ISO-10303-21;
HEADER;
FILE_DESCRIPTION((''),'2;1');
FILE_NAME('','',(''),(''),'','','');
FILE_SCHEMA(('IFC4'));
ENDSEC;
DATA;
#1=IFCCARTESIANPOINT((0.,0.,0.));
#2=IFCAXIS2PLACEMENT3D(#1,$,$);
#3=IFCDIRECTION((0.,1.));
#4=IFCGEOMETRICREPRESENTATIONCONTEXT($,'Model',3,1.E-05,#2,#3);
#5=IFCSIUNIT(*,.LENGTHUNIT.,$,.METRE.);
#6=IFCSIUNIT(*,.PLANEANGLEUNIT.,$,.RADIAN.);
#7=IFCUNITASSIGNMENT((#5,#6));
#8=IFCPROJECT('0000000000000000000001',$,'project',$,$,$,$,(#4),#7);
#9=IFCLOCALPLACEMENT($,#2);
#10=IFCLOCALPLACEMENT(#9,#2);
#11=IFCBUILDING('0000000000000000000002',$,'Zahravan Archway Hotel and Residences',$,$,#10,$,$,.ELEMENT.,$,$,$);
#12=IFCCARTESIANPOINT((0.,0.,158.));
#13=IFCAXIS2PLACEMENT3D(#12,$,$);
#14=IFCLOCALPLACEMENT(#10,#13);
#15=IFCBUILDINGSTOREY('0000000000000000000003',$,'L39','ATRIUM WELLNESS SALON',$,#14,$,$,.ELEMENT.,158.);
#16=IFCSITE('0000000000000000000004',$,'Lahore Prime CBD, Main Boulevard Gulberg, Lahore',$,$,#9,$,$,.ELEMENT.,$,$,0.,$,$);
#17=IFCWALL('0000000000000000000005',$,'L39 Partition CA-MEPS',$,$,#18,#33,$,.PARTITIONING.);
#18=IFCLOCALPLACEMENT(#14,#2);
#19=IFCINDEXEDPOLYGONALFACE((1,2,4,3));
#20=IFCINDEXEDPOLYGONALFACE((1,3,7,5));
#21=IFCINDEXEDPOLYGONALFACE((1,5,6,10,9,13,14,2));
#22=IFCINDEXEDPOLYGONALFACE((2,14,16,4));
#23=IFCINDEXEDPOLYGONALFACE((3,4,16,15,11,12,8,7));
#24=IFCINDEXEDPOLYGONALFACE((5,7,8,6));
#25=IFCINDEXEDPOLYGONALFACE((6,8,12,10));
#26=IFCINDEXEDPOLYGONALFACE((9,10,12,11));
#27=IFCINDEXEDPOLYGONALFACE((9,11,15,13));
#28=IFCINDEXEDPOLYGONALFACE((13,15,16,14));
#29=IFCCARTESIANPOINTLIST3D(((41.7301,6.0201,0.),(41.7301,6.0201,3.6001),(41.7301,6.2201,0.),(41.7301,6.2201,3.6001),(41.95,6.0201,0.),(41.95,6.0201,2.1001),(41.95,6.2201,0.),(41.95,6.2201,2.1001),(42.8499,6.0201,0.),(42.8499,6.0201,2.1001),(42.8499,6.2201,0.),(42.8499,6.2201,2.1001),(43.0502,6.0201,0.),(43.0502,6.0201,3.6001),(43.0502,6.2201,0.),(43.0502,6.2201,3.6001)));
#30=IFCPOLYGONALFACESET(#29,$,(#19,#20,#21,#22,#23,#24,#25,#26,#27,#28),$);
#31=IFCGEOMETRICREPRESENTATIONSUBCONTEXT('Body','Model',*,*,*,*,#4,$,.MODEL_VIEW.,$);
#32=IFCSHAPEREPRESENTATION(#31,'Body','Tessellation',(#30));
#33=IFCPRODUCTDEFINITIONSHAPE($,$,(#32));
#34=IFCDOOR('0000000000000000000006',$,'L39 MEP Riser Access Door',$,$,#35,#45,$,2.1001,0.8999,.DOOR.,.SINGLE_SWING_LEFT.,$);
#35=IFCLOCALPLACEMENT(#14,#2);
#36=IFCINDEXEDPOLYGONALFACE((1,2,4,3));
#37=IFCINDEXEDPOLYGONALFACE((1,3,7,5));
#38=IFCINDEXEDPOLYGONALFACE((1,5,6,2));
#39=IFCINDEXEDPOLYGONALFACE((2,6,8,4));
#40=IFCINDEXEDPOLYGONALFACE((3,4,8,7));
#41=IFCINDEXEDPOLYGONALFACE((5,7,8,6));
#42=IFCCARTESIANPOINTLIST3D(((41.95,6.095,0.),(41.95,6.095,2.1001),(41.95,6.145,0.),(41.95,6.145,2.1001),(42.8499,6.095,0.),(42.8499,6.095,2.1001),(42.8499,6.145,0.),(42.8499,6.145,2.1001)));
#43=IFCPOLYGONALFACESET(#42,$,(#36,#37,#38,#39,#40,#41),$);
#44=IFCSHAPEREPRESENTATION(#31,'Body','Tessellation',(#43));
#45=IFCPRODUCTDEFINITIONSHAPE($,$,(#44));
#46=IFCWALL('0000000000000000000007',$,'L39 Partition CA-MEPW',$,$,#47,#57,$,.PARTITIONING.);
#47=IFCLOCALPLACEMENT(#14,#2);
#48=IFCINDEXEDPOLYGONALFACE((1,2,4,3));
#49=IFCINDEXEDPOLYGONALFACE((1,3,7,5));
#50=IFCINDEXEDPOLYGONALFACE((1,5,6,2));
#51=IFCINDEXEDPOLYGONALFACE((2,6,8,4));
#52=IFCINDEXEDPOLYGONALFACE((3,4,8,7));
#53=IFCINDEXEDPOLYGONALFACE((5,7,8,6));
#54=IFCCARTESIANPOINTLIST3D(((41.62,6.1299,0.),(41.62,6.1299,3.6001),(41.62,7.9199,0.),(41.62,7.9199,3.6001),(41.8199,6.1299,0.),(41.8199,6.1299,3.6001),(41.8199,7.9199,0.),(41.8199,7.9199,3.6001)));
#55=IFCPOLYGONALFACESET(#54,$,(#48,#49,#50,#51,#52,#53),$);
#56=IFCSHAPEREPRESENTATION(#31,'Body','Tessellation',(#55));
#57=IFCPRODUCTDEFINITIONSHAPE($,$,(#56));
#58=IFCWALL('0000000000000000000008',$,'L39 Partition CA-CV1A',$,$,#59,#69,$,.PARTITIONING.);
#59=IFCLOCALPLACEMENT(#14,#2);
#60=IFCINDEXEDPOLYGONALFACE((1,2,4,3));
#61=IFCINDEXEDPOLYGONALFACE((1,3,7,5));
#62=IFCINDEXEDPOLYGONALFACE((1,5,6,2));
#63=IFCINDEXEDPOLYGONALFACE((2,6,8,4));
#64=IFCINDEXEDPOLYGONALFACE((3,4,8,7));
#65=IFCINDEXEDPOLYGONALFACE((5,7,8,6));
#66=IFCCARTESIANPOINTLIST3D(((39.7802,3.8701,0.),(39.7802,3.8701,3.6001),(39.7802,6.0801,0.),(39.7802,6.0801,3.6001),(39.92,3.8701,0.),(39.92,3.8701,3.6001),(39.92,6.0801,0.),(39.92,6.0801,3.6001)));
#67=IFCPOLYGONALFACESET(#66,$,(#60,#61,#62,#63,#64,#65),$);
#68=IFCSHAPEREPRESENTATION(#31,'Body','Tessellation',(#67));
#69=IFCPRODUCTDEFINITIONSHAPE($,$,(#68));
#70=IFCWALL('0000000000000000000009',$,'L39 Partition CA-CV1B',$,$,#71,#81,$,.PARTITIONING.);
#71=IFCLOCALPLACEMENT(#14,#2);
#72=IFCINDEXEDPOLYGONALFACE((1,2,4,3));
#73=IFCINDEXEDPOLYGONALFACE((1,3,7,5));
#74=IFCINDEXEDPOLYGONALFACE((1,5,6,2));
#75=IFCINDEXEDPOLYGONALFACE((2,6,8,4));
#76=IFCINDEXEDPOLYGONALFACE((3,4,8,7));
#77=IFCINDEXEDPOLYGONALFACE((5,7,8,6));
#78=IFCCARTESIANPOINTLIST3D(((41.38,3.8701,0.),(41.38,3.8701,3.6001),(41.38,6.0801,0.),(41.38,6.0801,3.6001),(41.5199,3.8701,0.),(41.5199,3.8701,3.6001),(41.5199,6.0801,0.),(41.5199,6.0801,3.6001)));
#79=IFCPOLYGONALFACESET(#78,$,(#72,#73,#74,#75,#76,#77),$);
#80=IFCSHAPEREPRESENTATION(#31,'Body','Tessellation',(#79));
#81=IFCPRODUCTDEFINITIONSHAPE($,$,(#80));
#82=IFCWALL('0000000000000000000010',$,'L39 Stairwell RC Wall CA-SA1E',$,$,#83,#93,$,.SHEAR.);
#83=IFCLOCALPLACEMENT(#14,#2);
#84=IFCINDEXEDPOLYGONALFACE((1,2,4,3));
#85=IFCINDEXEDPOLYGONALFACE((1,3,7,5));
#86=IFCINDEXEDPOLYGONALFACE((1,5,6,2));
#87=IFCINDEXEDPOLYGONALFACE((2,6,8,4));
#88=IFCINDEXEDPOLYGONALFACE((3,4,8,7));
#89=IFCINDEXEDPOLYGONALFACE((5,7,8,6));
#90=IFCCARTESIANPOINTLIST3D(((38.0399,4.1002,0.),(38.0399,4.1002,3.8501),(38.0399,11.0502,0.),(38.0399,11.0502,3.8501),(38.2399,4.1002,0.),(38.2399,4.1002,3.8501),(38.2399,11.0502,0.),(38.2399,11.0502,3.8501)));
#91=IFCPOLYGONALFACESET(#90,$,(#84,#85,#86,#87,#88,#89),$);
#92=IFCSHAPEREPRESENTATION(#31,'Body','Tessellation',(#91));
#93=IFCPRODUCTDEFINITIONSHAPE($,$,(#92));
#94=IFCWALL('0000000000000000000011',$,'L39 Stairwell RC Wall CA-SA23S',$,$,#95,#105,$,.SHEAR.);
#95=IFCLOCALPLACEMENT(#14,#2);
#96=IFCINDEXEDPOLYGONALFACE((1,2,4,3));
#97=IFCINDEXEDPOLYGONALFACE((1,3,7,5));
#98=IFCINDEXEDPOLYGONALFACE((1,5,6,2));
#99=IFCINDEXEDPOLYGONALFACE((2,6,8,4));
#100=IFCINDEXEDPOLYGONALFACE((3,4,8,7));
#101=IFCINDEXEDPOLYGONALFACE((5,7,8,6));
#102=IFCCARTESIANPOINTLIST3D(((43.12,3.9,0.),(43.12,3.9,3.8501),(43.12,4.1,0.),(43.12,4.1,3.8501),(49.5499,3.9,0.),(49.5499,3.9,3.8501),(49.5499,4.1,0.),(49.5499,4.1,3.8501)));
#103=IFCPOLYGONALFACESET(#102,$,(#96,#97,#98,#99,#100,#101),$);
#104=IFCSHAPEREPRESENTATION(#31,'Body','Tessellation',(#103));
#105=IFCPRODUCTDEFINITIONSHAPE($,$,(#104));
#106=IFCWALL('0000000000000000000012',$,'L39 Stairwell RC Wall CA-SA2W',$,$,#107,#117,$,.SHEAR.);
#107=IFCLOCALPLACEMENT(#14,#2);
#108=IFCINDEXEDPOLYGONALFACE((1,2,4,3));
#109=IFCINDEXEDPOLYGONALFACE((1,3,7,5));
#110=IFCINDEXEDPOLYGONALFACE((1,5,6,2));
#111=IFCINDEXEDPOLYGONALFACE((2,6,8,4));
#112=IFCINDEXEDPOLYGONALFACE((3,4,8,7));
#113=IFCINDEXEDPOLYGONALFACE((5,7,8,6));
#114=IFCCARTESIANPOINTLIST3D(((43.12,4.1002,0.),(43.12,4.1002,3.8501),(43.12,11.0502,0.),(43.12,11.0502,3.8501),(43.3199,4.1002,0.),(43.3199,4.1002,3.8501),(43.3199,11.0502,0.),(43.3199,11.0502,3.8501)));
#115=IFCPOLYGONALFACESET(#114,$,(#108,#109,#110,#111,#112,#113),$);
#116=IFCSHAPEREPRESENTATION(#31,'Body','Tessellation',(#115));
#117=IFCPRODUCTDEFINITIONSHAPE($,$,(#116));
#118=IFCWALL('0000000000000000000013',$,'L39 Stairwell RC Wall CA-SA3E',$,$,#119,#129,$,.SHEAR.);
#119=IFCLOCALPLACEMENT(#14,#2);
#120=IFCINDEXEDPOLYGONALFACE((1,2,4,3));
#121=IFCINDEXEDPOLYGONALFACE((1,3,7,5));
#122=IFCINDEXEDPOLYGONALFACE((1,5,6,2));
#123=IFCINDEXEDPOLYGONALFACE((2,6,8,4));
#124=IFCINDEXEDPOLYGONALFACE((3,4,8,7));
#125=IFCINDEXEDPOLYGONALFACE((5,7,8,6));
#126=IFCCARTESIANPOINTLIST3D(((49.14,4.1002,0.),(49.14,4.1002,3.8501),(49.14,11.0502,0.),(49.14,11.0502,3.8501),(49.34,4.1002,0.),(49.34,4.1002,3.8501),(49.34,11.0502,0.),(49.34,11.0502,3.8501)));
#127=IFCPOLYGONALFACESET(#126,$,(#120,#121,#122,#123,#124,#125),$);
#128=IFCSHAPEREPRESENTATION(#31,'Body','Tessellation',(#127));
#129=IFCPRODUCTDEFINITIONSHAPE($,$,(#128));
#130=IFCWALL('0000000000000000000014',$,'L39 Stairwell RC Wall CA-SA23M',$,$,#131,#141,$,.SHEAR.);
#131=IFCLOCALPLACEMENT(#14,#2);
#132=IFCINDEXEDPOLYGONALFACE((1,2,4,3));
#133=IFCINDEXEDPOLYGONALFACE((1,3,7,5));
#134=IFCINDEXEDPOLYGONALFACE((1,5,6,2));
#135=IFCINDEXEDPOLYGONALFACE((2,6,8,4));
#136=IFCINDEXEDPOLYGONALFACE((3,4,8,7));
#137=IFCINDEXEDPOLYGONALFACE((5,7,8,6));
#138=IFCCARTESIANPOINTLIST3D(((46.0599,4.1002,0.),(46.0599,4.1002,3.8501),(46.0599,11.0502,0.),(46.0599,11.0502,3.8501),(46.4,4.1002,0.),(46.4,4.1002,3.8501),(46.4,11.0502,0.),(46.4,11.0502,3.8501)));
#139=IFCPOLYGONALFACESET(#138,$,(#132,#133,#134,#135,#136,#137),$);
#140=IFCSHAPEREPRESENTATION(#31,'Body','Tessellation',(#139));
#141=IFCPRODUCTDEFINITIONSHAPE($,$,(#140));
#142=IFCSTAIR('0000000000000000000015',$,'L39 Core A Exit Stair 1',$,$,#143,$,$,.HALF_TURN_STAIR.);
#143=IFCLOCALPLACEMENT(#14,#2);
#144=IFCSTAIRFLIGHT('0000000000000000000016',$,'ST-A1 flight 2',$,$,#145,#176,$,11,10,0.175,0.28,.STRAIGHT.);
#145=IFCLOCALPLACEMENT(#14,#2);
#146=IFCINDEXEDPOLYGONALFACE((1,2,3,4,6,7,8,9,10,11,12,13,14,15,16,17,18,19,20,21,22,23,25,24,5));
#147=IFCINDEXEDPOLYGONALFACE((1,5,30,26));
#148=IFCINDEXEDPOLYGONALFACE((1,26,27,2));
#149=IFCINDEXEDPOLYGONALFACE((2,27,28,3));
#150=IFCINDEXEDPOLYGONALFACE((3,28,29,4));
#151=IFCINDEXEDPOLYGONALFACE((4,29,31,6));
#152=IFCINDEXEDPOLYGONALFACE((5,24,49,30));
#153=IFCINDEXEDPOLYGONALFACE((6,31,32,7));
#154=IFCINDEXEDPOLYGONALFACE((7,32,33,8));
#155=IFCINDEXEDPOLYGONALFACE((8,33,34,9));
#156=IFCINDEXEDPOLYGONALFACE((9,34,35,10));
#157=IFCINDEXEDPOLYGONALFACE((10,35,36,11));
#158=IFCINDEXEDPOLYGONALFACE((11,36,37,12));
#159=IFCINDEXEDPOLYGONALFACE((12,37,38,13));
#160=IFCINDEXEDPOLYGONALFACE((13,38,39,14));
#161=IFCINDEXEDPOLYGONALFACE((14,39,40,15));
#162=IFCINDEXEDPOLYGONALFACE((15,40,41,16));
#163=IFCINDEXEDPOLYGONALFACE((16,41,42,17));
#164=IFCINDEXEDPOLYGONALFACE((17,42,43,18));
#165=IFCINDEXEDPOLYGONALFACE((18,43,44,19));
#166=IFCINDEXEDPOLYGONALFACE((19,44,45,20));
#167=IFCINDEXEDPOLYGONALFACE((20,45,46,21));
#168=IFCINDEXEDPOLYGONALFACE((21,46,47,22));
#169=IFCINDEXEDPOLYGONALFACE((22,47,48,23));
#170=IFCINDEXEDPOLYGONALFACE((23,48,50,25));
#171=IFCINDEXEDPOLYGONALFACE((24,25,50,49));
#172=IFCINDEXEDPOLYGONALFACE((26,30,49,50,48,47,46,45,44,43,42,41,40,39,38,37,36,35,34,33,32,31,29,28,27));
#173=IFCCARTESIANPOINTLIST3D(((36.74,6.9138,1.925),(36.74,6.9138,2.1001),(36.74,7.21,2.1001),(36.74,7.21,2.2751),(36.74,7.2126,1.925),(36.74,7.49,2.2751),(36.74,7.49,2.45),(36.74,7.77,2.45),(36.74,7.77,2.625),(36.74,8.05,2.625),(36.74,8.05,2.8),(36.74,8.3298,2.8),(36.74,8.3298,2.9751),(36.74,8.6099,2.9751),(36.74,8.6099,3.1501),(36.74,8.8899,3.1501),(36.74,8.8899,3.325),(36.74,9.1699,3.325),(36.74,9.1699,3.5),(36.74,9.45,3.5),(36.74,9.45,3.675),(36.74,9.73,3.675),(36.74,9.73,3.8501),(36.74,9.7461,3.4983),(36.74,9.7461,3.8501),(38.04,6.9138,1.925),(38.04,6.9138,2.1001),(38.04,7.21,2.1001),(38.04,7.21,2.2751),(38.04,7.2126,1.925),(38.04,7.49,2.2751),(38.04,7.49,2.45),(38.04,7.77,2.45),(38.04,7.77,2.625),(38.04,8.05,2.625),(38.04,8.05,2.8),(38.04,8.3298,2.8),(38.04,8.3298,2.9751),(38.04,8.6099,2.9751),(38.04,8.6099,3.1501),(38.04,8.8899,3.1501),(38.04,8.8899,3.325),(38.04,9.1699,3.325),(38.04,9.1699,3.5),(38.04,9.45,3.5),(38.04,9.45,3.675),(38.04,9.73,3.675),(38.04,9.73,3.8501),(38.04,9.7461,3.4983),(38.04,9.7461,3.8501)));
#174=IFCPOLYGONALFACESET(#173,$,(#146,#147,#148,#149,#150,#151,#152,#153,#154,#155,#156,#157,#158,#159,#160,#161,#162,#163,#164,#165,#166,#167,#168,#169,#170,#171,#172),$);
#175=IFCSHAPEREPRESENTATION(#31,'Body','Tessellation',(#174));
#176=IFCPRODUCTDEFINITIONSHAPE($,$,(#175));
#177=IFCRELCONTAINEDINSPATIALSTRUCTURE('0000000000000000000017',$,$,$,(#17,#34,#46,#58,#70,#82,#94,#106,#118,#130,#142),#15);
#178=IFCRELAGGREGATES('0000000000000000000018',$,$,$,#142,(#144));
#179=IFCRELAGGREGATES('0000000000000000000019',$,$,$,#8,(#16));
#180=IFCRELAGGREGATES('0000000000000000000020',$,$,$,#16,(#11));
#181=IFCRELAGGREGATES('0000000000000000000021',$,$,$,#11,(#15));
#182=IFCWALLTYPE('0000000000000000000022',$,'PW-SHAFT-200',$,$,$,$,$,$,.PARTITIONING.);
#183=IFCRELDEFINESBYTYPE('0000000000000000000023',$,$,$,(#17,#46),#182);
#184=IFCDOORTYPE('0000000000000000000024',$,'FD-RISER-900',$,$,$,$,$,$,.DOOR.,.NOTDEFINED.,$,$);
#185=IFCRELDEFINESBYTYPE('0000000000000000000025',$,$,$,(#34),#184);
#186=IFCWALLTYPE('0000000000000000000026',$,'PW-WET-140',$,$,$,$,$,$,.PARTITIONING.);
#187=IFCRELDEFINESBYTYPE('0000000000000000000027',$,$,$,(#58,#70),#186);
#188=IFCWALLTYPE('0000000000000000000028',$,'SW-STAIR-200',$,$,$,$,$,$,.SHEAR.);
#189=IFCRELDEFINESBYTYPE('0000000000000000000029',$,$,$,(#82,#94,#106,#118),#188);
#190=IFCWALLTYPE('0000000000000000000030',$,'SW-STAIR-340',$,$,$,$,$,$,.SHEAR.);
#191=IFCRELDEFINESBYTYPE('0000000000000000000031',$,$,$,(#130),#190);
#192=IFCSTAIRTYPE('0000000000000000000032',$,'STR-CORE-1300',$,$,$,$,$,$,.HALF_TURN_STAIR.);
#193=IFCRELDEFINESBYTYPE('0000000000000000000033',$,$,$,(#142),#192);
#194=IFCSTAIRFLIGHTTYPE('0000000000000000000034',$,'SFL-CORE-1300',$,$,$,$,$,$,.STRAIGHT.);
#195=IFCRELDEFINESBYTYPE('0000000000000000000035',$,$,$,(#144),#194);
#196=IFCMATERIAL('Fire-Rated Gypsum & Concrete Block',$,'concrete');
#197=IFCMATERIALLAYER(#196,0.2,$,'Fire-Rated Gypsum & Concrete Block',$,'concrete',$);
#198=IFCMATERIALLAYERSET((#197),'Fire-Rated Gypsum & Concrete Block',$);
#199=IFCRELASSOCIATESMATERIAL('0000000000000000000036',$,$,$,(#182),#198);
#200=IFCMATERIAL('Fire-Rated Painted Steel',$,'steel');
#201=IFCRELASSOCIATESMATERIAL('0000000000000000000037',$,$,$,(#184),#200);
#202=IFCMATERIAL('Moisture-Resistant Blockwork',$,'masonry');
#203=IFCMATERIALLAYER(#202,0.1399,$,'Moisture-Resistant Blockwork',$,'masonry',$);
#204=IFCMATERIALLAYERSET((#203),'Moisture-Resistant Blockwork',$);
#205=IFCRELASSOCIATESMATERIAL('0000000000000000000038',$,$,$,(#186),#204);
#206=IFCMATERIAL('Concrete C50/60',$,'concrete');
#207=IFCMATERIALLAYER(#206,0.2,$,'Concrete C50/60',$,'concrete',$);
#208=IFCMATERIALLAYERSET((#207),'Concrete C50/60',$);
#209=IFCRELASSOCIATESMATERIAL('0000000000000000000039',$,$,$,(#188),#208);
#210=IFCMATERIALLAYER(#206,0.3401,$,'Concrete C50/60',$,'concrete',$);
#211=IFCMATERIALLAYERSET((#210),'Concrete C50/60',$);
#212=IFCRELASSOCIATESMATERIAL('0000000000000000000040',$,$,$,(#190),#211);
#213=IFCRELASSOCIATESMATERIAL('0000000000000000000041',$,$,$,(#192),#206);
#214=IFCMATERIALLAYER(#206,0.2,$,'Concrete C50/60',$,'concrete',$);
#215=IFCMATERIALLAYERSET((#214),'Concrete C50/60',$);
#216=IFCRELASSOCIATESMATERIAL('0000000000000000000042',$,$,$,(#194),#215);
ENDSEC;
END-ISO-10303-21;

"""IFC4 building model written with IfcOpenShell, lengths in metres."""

from ifc_helpers import new_model, si_unit, direction, frame, frame_2d, origin, place, context, subcontext, project, spatial, polyline, rectangle, outline, extrude, source, transform, mapped, material, layer, layer_set, type_object, type_shapes, element, fill, aggregate, save


model = new_model("IFC4")

# Units and contexts
model_context = context("Model", 3, precision=1e-05, world=origin(), true_north=direction((0.0, 1.0)))
body_context = subcontext(model_context, "Body", "Model", "MODEL_VIEW")
ifc_project = project(units=[si_unit("LENGTHUNIT", "METRE"), si_unit("PLANEANGLEUNIT", "RADIAN")], contexts=[model_context])

# Site, building, storey
site_placement = place(None, origin())
site = spatial("IfcSite", under=ifc_project, at=site_placement, Name="Lahore Prime CBD, Main Boulevard Gulberg, Lahore", CompositionType="ELEMENT", RefElevation=0.0)
building_placement = place(site_placement, origin())
building = spatial("IfcBuilding", under=site, at=building_placement, Name="Zahravan Archway Hotel and Residences", CompositionType="ELEMENT")
storey_placement = place(building_placement, frame((0.0, 0.0, 158.0)))
storey = spatial("IfcBuildingStorey", under=building, at=storey_placement, Name="L39", Description="ATRIUM WELLNESS SALON", CompositionType="ELEMENT", Elevation=158.0)

# Shared definitions
ifc_material_1 = material(Name="Fire-Rated Gypsum & Concrete Block", Category="concrete")
ifc_layer_1 = layer(ifc_material_1, 0.2, Name="Fire-Rated Gypsum & Concrete Block", Category="concrete")
ifc_layer_set_1 = layer_set([ifc_layer_1], Name="Fire-Rated Gypsum & Concrete Block")
wall_type_1 = type_object("IfcWallType", Name="PW-SHAFT-200", PredefinedType="PARTITIONING", material=ifc_layer_set_1)
ifc_material_2 = material(Name="Fire-Rated Painted Steel", Category="steel")
door_type = type_object("IfcDoorType", Name="FD-RISER-900", OperationType="NOTDEFINED", PredefinedType="DOOR", material=ifc_material_2)
shared_shape_1 = source(origin(), body_context, "Body", "SweptSolid", [
    extrude(rectangle(XDim=0.8999, YDim=2.1001, at=frame_2d((0.45, 1.05))), frame((0.0, 0.0249, 0.0), z_axis=(0.0, -1.0, 0.0), x_axis=(1.0, 0.0, 0.0)), (0.0, 0.0, 1.0), 0.05),
])
type_shapes(door_type, [shared_shape_1])

# Wall, opening, door
wall_1_placement = place(storey_placement, frame((41.73, 6.1201, 0.0), z_axis=(0.0, 0.0, 1.0), x_axis=(1.0, 0.0, 0.0)))
wall_1 = element("IfcWall", 1, at=wall_1_placement, inside=storey, type_object=wall_type_1, Name="L39 Partition CA-MEPS", PredefinedType="PARTITIONING", context=body_context, shape_type="SweptSolid", body=[
    extrude(rectangle(XDim=1.3201, YDim=0.2, at=frame_2d((0.6602, 0.0))), origin(), (0.0, 0.0, 1.0), 3.6001),
])
opening_1_placement = place(wall_1_placement, frame((0.22, 0.0, 0.0)))
opening_1 = element("IfcOpeningElement", 2, at=opening_1_placement, cuts=wall_1, PredefinedType="OPENING", context=body_context, shape_type="SweptSolid", body=[
    extrude(rectangle(XDim=0.8999, YDim=2.1001, at=frame_2d((0.45, 1.05))), frame((0.0, 0.1099, 0.0), z_axis=(0.0, -1.0, 0.0), x_axis=(1.0, 0.0, 0.0)), (0.0, 0.0, 1.0), 0.22),
])
door_1_placement = place(opening_1_placement, origin())
door_1 = element("IfcDoor", 3, at=door_1_placement, inside=storey, type_object=door_type, Name="L39 MEP Riser Access Door", OperationType="SINGLE_SWING_LEFT", OverallHeight=2.1001, OverallWidth=0.8999, PredefinedType="DOOR", context=body_context, shape_type="MappedRepresentation", body=[
    mapped(shared_shape_1, transform((0.0, 0.0, 0.0), scale=1.0)),
])
fill(opening_1, door_1)

# Walls
wall_2_placement = place(storey_placement, frame((41.72, 6.1299, 0.0), z_axis=(0.0, 0.0, 1.0), x_axis=(0.0, 1.0, 0.0)))
element("IfcWall", 4, at=wall_2_placement, inside=storey, type_object=wall_type_1, Name="L39 Partition CA-MEPW", PredefinedType="PARTITIONING", context=body_context, shape_type="SweptSolid", body=[
    extrude(rectangle(XDim=1.79, YDim=0.2, at=frame_2d((0.895, 0.0))), origin(), (0.0, 0.0, 1.0), 3.6001),
])
ifc_material_3 = material(Name="Moisture-Resistant Blockwork", Category="masonry")
ifc_layer_2 = layer(ifc_material_3, 0.1399, Name="Moisture-Resistant Blockwork", Category="masonry")
ifc_layer_set_2 = layer_set([ifc_layer_2], Name="Moisture-Resistant Blockwork")
wall_type_2 = type_object("IfcWallType", Name="PW-WET-140", PredefinedType="PARTITIONING", material=ifc_layer_set_2)
for number, where, z_axis, x_axis, name in (
    (5, (39.8501, 3.8701, 0.0), (0.0, 0.0, 1.0), (0.0, 1.0, 0.0), "L39 Partition CA-CV1A"),
    (6, (41.45, 3.8701, 0.0), (0.0, 0.0, 1.0), (0.0, 1.0, 0.0), "L39 Partition CA-CV1B"),
):
    element("IfcWall", number, at=place(storey_placement, frame(where, z_axis=z_axis, x_axis=x_axis)), inside=storey, type_object=wall_type_2, Name=name, PredefinedType="PARTITIONING", context=body_context, shape_type="SweptSolid", body=[
        extrude(rectangle(XDim=2.21, YDim=0.1399, at=frame_2d((1.105, 0.0))), origin(), (0.0, 0.0, 1.0), 3.6001),
    ])
ifc_material_4 = material(Name="Concrete C50/60", Category="concrete")
ifc_layer_3 = layer(ifc_material_4, 0.2, Name="Concrete C50/60", Category="concrete")
ifc_layer_set_3 = layer_set([ifc_layer_3], Name="Concrete C50/60")
wall_type_3 = type_object("IfcWallType", Name="SW-STAIR-200", PredefinedType="SHEAR", material=ifc_layer_set_3)
wall_3_placement = place(storey_placement, frame((38.1399, 4.1001, 0.0), z_axis=(0.0, 0.0, 1.0), x_axis=(0.0, 1.0, 0.0)))
element("IfcWall", 7, at=wall_3_placement, inside=storey, type_object=wall_type_3, Name="L39 Stairwell RC Wall CA-SA1E", PredefinedType="SHEAR", context=body_context, shape_type="SweptSolid", body=[
    extrude(rectangle(XDim=6.95, YDim=0.2, at=frame_2d((3.4751, 0.0))), origin(), (0.0, 0.0, 1.0), 3.8501),
])
wall_4_placement = place(storey_placement, frame((43.1201, 4.0, 0.0), z_axis=(0.0, 0.0, 1.0), x_axis=(1.0, 0.0, 0.0)))
element("IfcWall", 8, at=wall_4_placement, inside=storey, type_object=wall_type_3, Name="L39 Stairwell RC Wall CA-SA23S", PredefinedType="SHEAR", context=body_context, shape_type="SweptSolid", body=[
    extrude(rectangle(XDim=6.4299, YDim=0.2, at=frame_2d((3.2148, 0.0))), origin(), (0.0, 0.0, 1.0), 3.8501),
])
for number, where, z_axis, x_axis, name in (
    (9, (43.22, 4.1001, 0.0), (0.0, 0.0, 1.0), (0.0, 1.0, 0.0), "L39 Stairwell RC Wall CA-SA2W"),
    (10, (49.24, 4.1001, 0.0), (0.0, 0.0, 1.0), (0.0, 1.0, 0.0), "L39 Stairwell RC Wall CA-SA3E"),
):
    element("IfcWall", number, at=place(storey_placement, frame(where, z_axis=z_axis, x_axis=x_axis)), inside=storey, type_object=wall_type_3, Name=name, PredefinedType="SHEAR", context=body_context, shape_type="SweptSolid", body=[
        extrude(rectangle(XDim=6.95, YDim=0.2, at=frame_2d((3.4751, 0.0))), origin(), (0.0, 0.0, 1.0), 3.8501),
    ])
ifc_layer_4 = layer(ifc_material_4, 0.3401, Name="Concrete C50/60", Category="concrete")
ifc_layer_set_4 = layer_set([ifc_layer_4], Name="Concrete C50/60")
wall_type_4 = type_object("IfcWallType", Name="SW-STAIR-340", PredefinedType="SHEAR", material=ifc_layer_set_4)
wall_5_placement = place(storey_placement, frame((46.23, 4.1001, 0.0), z_axis=(0.0, 0.0, 1.0), x_axis=(0.0, 1.0, 0.0)))
element("IfcWall", 11, at=wall_5_placement, inside=storey, type_object=wall_type_4, Name="L39 Stairwell RC Wall CA-SA23M", PredefinedType="SHEAR", context=body_context, shape_type="SweptSolid", body=[
    extrude(rectangle(XDim=6.95, YDim=0.3401, at=frame_2d((3.4751, 0.0))), origin(), (0.0, 0.0, 1.0), 3.8501),
])

# Stair, stair flight
stair_type = type_object("IfcStairType", Name="STR-CORE-1300", PredefinedType="HALF_TURN_STAIR", material=ifc_material_4)
stair_1_placement = place(storey_placement, origin())
stair_1 = element("IfcStair", 12, at=stair_1_placement, inside=storey, type_object=stair_type, Name="L39 Core A Exit Stair 1", PredefinedType="HALF_TURN_STAIR")
ifc_layer_5 = layer(ifc_material_4, 0.2, Name="Concrete C50/60", Category="concrete")
ifc_layer_set_5 = layer_set([ifc_layer_5], Name="Concrete C50/60")
stair_flight_type = type_object("IfcStairFlightType", Name="SFL-CORE-1300", PredefinedType="STRAIGHT", material=ifc_layer_set_5)
shared_shape_2 = source(origin(), body_context, "Body", "SweptSolid", [
    extrude(outline(polyline([(-0.0161, 0.0), (-0.0161, 0.175), (0.28, 0.175), (0.28, 0.3501), (0.5601, 0.3501), (0.5601, 0.5249), (0.8401, 0.5249), (0.8401, 0.7), (1.1201, 0.7), (1.1201, 0.875), (1.3999, 0.875), (1.3999, 1.05), (1.6799, 1.05), (1.6799, 1.2251), (1.96, 1.2251), (1.96, 1.3999), (2.24, 1.3999), (2.24, 1.575), (2.52, 1.575), (2.52, 1.75), (2.8, 1.75), (2.8, 1.925), (2.8162, 1.925), (2.8162, 1.5732), (0.2827, 0.0), (-0.0161, 0.0)])), frame((0.0, 0.6499, 0.0), z_axis=(0.0, -1.0, 0.0), x_axis=(1.0, 0.0, 0.0)), (0.0, 0.0, 1.0), 1.3),
])
stair_flight_1_placement = place(storey_placement, frame((37.3899, 6.9299, 1.925), z_axis=(0.0, 0.0, 1.0), x_axis=(0.0, 1.0, 0.0)))
stair_flight_1 = element("IfcStairFlight", 13, at=stair_flight_1_placement, type_object=stair_flight_type, Name="ST-A1 flight 2", NumberOfRisers=11, NumberOfTreads=10, PredefinedType="STRAIGHT", RiserHeight=0.175, TreadLength=0.28, context=body_context, shape_type="MappedRepresentation", body=[
    mapped(shared_shape_2, transform((0.0, 0.0, 0.0), scale=1.0)),
])
aggregate(stair_1, [stair_flight_1])

save(model, "model.ifc")
